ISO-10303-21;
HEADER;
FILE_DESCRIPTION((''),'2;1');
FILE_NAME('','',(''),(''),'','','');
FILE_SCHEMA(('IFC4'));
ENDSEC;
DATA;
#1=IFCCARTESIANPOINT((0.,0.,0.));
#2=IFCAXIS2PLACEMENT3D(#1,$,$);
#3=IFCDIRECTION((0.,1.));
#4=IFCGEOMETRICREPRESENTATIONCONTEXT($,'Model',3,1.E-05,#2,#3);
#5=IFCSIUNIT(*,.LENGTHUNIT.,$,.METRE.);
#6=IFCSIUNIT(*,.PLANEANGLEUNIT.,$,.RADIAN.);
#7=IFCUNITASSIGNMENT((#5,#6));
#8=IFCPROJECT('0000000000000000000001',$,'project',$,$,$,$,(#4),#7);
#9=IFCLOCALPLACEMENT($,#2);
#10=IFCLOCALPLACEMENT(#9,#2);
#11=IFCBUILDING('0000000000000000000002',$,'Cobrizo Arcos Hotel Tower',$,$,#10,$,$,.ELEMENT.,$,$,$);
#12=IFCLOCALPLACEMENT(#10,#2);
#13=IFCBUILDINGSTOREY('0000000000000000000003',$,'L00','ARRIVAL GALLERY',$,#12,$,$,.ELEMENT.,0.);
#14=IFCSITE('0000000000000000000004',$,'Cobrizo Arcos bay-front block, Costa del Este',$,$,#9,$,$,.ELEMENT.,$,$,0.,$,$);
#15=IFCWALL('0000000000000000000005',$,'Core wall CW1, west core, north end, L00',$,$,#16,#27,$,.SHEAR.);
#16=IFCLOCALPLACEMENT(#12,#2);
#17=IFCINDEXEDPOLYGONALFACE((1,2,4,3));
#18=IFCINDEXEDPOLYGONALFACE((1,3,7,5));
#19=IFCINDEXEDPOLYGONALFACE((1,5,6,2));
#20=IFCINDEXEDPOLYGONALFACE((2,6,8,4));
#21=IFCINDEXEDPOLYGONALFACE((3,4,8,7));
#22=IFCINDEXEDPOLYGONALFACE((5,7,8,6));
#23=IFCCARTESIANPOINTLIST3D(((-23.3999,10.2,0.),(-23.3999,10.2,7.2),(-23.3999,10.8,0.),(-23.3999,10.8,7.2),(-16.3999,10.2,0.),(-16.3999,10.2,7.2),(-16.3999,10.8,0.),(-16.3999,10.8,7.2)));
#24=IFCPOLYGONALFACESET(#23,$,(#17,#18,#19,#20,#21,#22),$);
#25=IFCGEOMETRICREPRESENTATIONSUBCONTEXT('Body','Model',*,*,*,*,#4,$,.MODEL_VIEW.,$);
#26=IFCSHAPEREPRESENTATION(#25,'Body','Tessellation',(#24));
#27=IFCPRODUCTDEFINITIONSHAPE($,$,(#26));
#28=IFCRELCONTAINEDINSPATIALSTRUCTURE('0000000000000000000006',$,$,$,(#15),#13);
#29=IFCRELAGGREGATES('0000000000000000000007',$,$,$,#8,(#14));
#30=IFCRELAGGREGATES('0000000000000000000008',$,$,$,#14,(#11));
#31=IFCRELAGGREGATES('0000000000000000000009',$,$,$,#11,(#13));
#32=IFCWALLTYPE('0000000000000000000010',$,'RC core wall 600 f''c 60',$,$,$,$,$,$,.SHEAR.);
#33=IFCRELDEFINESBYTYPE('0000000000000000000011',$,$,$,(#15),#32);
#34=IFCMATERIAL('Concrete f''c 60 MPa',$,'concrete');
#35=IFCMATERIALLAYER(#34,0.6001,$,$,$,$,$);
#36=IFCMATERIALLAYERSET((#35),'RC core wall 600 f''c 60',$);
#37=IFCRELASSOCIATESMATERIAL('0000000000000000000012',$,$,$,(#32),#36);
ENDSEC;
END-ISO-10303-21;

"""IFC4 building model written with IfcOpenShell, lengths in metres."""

from ifc_helpers import new_model, si_unit, direction, frame, frame_2d, origin, place, context, subcontext, project, spatial, rectangle, extrude, material, layer, layer_set, type_object, element, save


model = new_model("IFC4")

# Units and contexts
model_context = context("Model", 3, precision=1e-05, world=origin(), true_north=direction((0.0, 1.0)))
body_context = subcontext(model_context, "Body", "Model", "MODEL_VIEW")
ifc_project = project(units=[si_unit("LENGTHUNIT", "METRE"), si_unit("PLANEANGLEUNIT", "RADIAN")], contexts=[model_context])

# Site, building, storey
site_placement = place(None, origin())
site = spatial("IfcSite", under=ifc_project, at=site_placement, Name="Cobrizo Arcos bay-front block, Costa del Este", CompositionType="ELEMENT", RefElevation=0.0)
building_placement = place(site_placement, origin())
building = spatial("IfcBuilding", under=site, at=building_placement, Name="Cobrizo Arcos Hotel Tower", CompositionType="ELEMENT")
storey_placement = place(building_placement, origin())
storey = spatial("IfcBuildingStorey", under=building, at=storey_placement, Name="L00", Description="ARRIVAL GALLERY", CompositionType="ELEMENT", Elevation=0.0)

# Wall
ifc_material_1 = material(Name="Concrete f'c 60 MPa", Category="concrete")
ifc_layer_1 = layer(ifc_material_1, 0.6001)
ifc_layer_set_1 = layer_set([ifc_layer_1], Name="RC core wall 600 f'c 60")
wall_type_1 = type_object("IfcWallType", Name="RC core wall 600 f'c 60", PredefinedType="SHEAR", material=ifc_layer_set_1)
wall_1_placement = place(storey_placement, frame((-23.3999, 10.5, 0.0), z_axis=(0.0, 0.0, 1.0), x_axis=(1.0, 0.0, 0.0)))
element("IfcWall", 1, at=wall_1_placement, inside=storey, type_object=wall_type_1, Name="Core wall CW1, west core, north end, L00", PredefinedType="SHEAR", context=body_context, shape_type="SweptSolid", body=[
    extrude(rectangle(XDim=7.0, YDim=0.6001, at=frame_2d((3.5, 0.0))), origin(), (0.0, 0.0, 1.0), 7.2),
])

save(model, "model.ifc")
